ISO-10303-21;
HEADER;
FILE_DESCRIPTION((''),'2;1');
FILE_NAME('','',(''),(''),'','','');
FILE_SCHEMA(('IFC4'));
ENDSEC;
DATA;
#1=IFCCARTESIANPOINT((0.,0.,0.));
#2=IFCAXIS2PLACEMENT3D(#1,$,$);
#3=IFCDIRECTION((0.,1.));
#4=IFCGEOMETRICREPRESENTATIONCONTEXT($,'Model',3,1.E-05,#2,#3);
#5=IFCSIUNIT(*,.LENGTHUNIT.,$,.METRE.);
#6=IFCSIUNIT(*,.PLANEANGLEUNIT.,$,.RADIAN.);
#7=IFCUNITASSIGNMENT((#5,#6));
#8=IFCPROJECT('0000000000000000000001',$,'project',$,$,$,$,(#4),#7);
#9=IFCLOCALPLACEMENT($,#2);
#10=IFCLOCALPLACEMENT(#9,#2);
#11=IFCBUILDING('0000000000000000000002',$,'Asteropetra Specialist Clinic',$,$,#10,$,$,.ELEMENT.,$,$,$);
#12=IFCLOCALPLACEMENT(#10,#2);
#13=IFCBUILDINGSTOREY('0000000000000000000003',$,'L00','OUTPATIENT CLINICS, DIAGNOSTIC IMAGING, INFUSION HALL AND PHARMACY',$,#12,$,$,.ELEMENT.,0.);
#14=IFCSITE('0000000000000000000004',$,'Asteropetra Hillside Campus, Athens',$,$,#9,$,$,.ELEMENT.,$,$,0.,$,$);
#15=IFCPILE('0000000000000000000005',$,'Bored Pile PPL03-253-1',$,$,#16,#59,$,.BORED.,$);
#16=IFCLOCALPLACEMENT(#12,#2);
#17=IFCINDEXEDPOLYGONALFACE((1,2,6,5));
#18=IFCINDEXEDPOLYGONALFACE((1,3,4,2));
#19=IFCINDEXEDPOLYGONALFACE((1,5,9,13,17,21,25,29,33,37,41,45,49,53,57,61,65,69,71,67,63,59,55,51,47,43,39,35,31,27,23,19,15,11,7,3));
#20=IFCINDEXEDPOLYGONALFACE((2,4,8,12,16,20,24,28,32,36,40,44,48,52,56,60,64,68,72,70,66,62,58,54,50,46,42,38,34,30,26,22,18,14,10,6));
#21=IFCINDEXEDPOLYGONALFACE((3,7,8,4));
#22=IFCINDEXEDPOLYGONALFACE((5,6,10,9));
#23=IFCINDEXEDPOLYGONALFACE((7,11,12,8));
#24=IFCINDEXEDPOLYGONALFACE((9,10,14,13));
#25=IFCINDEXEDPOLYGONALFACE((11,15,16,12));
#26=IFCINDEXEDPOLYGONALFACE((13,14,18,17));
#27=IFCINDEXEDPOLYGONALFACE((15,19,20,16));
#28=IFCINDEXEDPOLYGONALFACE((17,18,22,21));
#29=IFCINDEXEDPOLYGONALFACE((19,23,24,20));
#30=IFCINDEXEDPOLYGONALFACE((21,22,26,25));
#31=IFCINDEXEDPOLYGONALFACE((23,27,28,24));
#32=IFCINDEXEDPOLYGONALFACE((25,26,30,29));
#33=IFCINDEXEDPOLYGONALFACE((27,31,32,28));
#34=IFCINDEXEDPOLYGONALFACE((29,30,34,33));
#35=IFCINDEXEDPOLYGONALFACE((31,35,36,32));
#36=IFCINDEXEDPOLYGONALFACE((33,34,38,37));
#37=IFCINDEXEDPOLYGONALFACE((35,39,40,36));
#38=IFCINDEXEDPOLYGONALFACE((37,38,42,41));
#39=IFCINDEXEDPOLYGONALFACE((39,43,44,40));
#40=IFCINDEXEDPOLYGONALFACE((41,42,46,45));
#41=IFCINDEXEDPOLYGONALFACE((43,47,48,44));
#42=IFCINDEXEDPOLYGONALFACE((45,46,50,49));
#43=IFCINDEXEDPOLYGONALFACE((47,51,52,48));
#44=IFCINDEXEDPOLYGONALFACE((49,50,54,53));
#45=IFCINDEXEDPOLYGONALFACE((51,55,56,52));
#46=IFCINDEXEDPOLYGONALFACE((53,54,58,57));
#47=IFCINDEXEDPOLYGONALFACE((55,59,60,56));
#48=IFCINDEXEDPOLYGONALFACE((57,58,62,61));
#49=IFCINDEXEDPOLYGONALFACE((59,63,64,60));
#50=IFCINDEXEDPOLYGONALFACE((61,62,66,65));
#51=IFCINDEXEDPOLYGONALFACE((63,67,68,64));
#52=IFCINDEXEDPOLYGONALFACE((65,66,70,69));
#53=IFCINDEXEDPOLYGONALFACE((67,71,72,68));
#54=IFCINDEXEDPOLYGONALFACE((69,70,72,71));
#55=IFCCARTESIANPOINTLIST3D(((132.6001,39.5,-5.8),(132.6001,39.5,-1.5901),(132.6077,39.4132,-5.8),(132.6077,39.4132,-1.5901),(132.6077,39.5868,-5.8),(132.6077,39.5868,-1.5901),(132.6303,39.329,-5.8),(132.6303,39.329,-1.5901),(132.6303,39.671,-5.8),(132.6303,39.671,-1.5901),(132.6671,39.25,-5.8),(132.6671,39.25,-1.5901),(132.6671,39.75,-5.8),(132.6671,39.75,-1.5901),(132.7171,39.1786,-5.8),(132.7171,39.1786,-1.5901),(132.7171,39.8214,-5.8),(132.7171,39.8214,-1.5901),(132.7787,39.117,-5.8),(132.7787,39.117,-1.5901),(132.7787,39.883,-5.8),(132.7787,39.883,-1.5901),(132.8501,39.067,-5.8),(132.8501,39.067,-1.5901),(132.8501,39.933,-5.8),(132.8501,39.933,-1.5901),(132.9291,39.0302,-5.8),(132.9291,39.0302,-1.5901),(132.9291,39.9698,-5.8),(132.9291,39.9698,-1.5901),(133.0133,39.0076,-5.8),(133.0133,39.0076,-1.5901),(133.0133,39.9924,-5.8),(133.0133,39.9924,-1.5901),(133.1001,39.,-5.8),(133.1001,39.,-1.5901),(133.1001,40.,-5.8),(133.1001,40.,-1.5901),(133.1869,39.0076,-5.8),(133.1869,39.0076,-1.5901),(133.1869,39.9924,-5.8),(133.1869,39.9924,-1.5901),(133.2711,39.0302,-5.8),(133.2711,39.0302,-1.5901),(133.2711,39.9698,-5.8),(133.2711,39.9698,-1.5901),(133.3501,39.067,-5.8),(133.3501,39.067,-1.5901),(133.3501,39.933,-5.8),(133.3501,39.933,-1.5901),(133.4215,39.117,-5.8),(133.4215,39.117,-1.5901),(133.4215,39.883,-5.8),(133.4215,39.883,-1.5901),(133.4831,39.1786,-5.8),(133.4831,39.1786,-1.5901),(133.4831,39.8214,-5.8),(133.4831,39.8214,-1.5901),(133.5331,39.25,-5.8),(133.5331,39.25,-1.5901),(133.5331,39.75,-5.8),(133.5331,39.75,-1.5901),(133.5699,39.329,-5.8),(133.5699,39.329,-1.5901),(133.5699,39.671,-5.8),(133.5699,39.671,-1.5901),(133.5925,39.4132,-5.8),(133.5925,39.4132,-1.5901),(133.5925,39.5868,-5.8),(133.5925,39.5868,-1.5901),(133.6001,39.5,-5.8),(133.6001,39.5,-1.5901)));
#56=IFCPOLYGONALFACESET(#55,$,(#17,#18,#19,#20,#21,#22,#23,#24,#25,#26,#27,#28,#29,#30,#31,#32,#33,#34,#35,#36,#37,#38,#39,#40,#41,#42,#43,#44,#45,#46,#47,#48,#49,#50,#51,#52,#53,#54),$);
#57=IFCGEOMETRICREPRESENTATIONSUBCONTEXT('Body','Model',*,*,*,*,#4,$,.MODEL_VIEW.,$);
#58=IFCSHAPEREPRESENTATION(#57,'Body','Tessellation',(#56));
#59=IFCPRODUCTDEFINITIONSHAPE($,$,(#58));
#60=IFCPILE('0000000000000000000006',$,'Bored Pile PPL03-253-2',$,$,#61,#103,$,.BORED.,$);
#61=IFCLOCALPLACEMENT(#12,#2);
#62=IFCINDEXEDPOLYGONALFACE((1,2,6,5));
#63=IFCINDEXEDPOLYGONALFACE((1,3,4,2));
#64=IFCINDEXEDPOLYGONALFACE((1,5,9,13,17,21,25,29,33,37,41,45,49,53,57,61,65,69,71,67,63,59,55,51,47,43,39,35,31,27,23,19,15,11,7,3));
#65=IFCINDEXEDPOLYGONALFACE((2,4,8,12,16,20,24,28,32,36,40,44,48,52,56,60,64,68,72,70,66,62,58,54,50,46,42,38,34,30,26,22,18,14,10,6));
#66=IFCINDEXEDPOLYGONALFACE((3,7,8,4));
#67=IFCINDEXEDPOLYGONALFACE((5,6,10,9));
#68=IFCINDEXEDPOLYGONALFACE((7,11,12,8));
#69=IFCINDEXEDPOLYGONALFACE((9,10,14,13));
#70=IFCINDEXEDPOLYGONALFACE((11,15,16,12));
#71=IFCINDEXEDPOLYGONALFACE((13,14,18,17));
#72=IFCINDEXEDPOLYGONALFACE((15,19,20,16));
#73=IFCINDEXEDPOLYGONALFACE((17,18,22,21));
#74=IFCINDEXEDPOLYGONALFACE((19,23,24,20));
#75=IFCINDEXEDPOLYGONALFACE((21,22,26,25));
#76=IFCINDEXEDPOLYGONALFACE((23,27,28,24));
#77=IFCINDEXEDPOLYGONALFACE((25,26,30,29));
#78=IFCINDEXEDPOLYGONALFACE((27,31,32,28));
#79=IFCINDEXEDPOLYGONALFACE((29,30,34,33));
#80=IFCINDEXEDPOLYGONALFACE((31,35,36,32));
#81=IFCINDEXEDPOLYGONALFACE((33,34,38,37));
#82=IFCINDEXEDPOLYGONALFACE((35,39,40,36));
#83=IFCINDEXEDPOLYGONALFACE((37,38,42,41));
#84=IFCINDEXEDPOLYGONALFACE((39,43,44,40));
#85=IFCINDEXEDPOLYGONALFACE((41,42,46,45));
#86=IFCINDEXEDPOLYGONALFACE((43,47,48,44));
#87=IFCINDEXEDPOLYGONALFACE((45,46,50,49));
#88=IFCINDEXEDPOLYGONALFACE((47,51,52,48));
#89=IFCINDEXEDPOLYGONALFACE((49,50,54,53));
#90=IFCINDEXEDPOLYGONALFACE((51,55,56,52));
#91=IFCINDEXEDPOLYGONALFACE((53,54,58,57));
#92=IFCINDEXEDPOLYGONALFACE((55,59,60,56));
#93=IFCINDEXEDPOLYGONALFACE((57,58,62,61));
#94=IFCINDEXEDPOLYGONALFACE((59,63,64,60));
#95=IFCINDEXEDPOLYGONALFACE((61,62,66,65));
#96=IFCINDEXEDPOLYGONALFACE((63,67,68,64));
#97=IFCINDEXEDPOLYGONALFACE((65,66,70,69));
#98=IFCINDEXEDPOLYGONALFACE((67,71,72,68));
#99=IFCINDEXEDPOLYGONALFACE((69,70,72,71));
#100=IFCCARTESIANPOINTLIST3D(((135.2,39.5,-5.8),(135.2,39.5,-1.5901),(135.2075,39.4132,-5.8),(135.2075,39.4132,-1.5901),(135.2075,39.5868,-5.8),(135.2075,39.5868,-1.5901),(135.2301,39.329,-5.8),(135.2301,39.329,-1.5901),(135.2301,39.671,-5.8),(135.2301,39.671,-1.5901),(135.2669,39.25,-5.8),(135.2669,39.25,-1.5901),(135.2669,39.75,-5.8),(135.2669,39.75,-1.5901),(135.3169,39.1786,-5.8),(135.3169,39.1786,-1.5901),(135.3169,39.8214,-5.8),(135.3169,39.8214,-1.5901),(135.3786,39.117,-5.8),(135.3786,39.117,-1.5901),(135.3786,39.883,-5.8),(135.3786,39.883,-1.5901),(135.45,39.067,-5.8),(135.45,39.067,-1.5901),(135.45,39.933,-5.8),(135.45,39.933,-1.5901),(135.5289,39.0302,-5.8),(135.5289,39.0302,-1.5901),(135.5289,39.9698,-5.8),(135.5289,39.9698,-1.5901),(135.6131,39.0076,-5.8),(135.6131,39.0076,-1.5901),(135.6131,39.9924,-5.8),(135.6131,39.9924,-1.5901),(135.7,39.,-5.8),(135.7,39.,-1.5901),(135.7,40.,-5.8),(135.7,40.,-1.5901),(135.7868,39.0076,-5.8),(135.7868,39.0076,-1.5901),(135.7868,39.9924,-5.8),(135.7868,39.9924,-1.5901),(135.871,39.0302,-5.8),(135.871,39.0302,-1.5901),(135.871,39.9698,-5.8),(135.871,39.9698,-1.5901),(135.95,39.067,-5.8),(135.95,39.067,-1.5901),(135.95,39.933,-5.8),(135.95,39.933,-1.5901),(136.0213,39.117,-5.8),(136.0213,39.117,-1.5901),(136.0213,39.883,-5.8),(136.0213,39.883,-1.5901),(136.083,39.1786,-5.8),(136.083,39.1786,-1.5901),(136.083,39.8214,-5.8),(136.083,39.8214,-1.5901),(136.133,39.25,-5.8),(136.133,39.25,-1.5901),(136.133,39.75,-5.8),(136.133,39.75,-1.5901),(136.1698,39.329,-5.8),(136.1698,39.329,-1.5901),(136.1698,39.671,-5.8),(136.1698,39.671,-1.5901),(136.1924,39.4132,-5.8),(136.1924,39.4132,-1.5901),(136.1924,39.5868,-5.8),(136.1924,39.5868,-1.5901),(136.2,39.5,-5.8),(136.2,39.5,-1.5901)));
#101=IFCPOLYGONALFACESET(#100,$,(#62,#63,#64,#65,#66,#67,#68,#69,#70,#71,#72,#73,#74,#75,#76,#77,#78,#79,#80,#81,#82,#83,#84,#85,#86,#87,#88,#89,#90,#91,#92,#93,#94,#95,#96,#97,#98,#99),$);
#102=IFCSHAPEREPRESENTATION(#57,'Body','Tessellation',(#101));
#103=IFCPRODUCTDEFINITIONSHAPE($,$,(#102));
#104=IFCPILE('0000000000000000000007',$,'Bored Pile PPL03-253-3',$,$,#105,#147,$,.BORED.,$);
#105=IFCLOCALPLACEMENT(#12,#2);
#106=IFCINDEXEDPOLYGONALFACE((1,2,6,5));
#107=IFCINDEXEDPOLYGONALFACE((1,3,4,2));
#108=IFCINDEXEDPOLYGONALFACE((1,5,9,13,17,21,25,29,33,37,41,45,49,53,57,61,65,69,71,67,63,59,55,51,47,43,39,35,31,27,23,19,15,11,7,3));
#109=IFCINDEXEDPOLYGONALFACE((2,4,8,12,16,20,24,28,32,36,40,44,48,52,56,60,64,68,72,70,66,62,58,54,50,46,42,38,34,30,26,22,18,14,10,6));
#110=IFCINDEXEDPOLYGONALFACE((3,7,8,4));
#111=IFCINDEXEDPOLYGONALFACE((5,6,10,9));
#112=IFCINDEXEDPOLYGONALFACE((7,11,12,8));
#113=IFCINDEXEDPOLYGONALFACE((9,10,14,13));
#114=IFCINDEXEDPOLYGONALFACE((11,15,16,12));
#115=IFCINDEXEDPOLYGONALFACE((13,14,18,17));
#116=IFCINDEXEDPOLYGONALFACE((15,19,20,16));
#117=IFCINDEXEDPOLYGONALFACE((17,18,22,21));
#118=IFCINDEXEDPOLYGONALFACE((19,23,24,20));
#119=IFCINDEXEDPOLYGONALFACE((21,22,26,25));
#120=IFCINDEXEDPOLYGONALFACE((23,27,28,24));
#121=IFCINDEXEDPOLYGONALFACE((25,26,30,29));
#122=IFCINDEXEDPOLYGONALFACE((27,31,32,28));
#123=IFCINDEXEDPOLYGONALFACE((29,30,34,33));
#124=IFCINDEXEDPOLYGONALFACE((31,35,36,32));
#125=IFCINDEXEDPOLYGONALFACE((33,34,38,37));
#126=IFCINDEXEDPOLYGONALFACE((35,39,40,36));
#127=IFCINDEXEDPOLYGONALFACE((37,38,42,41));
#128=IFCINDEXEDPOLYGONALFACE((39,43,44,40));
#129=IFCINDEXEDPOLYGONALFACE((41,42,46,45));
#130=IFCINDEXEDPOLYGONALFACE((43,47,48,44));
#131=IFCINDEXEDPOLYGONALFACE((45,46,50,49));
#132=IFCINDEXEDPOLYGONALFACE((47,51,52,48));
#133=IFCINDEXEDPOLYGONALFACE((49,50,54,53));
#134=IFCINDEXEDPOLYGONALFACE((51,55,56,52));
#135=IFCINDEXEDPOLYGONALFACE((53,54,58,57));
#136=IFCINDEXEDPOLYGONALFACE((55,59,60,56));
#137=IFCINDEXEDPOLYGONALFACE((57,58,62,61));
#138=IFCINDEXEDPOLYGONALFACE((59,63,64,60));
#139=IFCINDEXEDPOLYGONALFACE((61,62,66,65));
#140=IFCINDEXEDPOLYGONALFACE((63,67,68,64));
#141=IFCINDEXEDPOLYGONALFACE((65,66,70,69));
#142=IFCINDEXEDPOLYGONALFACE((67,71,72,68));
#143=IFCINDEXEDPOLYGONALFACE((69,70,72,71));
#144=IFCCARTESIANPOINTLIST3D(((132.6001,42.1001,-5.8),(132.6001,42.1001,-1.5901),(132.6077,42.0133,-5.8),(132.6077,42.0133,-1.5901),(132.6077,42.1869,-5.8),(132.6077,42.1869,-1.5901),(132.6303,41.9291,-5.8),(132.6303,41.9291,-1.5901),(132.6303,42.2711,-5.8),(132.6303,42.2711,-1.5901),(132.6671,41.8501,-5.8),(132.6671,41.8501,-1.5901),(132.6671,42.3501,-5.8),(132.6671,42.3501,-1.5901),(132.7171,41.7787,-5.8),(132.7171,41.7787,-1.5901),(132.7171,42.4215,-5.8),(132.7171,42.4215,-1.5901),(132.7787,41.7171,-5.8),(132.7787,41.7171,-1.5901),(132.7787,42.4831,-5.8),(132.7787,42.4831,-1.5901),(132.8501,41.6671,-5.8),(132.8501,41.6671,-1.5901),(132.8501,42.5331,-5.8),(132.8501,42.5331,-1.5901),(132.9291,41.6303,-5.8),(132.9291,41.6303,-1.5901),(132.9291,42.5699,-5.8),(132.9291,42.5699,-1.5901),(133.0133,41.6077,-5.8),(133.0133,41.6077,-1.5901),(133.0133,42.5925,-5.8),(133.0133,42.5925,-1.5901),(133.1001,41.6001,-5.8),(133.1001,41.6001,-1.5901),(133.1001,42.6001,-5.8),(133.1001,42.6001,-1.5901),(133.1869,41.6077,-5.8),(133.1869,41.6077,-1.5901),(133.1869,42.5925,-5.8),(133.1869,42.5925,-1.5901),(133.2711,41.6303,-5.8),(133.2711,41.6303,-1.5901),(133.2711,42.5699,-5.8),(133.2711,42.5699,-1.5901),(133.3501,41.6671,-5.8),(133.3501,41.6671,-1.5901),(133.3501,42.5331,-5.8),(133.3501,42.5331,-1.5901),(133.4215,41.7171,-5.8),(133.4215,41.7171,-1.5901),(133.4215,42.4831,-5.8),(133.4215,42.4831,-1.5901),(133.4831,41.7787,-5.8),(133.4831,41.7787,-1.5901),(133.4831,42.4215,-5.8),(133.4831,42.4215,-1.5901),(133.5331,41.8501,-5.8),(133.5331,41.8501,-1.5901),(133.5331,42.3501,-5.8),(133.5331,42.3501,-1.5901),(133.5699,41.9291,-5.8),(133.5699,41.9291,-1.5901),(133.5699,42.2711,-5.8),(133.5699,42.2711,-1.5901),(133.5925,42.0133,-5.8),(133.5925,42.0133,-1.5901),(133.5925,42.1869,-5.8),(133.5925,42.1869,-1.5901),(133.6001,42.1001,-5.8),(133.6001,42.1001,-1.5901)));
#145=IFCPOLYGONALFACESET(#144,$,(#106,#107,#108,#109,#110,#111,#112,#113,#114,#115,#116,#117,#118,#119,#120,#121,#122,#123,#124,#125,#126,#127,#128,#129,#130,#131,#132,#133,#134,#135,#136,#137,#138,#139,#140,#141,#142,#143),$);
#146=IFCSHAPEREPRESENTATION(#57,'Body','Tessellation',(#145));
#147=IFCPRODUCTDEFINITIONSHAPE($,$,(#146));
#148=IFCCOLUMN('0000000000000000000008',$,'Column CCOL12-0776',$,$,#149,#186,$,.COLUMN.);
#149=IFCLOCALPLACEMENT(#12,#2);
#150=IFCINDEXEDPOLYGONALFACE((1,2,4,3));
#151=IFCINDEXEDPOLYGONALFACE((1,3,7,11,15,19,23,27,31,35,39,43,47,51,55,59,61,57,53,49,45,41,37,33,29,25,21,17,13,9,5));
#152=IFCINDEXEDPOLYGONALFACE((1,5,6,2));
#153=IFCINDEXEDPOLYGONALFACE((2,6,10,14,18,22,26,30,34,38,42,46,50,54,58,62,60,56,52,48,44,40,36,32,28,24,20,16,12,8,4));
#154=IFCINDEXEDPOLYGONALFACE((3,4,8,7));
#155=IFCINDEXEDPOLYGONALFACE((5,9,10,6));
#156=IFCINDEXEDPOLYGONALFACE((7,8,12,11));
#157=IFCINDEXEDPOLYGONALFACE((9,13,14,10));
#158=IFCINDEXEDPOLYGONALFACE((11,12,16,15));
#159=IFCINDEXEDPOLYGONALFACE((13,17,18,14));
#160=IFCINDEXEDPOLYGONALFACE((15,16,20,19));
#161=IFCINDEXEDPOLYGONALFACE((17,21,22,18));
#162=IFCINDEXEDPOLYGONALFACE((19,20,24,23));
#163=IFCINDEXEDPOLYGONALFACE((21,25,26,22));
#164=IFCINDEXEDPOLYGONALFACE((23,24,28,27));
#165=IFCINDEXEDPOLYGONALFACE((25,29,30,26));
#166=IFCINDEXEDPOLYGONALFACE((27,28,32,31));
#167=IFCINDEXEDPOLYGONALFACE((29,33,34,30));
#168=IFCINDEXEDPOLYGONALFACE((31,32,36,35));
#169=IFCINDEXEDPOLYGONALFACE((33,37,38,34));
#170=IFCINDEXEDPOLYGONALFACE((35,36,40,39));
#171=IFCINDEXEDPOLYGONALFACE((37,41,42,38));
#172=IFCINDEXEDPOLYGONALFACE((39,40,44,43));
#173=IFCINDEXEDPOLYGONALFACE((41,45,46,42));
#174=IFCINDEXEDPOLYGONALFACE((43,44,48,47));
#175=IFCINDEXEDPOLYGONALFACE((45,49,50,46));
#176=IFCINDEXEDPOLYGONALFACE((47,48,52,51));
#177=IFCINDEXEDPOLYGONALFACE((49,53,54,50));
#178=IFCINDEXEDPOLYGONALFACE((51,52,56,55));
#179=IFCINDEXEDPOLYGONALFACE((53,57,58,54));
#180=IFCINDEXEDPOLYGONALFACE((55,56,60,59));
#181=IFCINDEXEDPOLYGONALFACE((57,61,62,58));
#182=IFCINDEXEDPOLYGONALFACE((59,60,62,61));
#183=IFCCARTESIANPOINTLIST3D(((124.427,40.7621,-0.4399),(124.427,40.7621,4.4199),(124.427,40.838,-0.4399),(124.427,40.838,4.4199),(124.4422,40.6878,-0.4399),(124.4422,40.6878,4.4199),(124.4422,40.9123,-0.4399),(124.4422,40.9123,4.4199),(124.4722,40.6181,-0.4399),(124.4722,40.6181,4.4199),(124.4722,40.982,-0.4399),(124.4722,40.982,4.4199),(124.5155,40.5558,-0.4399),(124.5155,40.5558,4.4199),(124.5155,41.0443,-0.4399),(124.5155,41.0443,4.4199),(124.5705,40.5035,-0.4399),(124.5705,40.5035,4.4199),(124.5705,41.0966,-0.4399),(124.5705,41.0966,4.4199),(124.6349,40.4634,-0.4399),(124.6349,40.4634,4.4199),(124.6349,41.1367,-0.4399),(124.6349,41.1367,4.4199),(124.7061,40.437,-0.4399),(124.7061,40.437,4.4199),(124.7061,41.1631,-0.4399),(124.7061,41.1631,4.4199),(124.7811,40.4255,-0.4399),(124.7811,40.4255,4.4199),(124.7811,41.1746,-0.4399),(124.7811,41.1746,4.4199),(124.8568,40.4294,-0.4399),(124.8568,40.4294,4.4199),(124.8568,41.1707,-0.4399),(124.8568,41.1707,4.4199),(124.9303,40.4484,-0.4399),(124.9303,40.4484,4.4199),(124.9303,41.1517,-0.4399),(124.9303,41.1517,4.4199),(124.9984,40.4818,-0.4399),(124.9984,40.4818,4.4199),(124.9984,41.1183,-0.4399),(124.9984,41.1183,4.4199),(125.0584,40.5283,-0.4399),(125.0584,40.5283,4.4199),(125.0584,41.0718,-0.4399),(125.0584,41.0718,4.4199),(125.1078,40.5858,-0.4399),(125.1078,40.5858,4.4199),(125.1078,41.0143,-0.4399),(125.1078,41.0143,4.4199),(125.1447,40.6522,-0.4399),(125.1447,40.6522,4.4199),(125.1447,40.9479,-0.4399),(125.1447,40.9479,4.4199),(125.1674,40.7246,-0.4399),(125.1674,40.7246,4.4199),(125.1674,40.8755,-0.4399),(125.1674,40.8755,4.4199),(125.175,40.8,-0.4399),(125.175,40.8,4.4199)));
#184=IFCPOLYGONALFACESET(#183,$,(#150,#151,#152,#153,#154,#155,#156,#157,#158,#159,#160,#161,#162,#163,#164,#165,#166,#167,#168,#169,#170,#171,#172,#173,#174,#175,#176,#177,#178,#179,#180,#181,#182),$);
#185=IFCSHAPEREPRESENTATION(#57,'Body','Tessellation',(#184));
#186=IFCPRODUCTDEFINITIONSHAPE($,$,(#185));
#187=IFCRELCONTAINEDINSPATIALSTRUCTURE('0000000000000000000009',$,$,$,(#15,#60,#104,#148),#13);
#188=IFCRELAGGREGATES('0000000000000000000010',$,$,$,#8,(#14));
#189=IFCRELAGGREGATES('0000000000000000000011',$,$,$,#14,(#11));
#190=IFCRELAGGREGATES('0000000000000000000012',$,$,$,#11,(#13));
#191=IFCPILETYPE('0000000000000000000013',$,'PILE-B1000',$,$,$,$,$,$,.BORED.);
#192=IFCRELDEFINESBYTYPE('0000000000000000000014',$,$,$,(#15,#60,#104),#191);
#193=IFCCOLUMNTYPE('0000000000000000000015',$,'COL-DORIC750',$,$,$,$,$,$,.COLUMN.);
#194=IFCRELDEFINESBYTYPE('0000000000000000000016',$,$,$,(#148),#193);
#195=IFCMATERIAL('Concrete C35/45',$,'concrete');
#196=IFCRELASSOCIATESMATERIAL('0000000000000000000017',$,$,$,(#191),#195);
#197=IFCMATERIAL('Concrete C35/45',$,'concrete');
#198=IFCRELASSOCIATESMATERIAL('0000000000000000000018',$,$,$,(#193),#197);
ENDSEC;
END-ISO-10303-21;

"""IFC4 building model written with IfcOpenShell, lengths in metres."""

from ifc_helpers import new_model, si_unit, direction, frame, origin, origin_2d, place, context, subcontext, project, spatial, circle, extrude, material, material_profile, profile_set, type_object, element, save


model = new_model("IFC4")

# Units and contexts
model_context = context("Model", 3, precision=1e-05, world=origin(), true_north=direction((0.0, 1.0)))
body_context = subcontext(model_context, "Body", "Model", "MODEL_VIEW")
ifc_project = project(units=[si_unit("LENGTHUNIT", "METRE"), si_unit("PLANEANGLEUNIT", "RADIAN")], contexts=[model_context])

# Site, building, storey
site_placement = place(None, origin())
site = spatial("IfcSite", under=ifc_project, at=site_placement, Name="Asteropetra Hillside Campus, Athens", CompositionType="ELEMENT", RefElevation=0.0)
building_placement = place(site_placement, origin())
building = spatial("IfcBuilding", under=site, at=building_placement, Name="Asteropetra Specialist Clinic", CompositionType="ELEMENT")
storey_placement = place(building_placement, origin())
storey = spatial("IfcBuildingStorey", under=building, at=storey_placement, Name="L00", Description="OUTPATIENT CLINICS, DIAGNOSTIC IMAGING, INFUSION HALL AND PHARMACY", CompositionType="ELEMENT", Elevation=0.0)

# Piles
ifc_material_1 = material(Name="Concrete C35/45", Category="concrete")
ifc_material_profile_1 = material_profile(ifc_material_1, circle(Radius=0.5, at=origin_2d()), Name="PILE D1000")
ifc_profile_set_1 = profile_set([ifc_material_profile_1], Name="Concrete C35/45")
pile_type = type_object("IfcPileType", Name="PILE-B1000", PredefinedType="BORED", material=ifc_profile_set_1)
for number, where, z_axis, x_axis, name in (
    (1, (133.1001, 39.5, -1.5901), (0.0, 0.0, -1.0), (1.0, 0.0, 0.0), "Bored Pile PPL03-253-1"),
    (2, (135.7, 39.5, -1.5901), (0.0, 0.0, -1.0), (1.0, 0.0, 0.0), "Bored Pile PPL03-253-2"),
    (3, (133.1001, 42.1001, -1.5901), (0.0, 0.0, -1.0), (1.0, 0.0, 0.0), "Bored Pile PPL03-253-3"),
):
    element("IfcPile", number, at=place(storey_placement, frame(where, z_axis=z_axis, x_axis=x_axis)), inside=storey, type_object=pile_type, Name=name, PredefinedType="BORED", context=body_context, shape_type="SweptSolid", body=[
        extrude(circle(Radius=0.5, at=origin_2d()), origin(), (0.0, 0.0, 1.0), 4.21),
    ])

# Column
ifc_material_2 = material(Name="Concrete C35/45", Category="concrete")
ifc_material_profile_2 = material_profile(ifc_material_2, circle(Radius=0.375, at=origin_2d()), Name="RCC D750")
ifc_profile_set_2 = profile_set([ifc_material_profile_2], Name="Concrete C35/45")
column_type = type_object("IfcColumnType", Name="COL-DORIC750", PredefinedType="COLUMN", material=ifc_profile_set_2)
for number, where, z_axis, x_axis, name in (
    (4, (124.8, 40.8, -0.4399), (0.0, 0.0, 1.0), (1.0, 0.0, 0.0), "Column CCOL12-0776"),
):
    element("IfcColumn", number, at=place(storey_placement, frame(where, z_axis=z_axis, x_axis=x_axis)), inside=storey, type_object=column_type, Name=name, PredefinedType="COLUMN", context=body_context, shape_type="SweptSolid", body=[
        extrude(circle(Radius=0.375, at=origin_2d()), origin(), (0.0, 0.0, 1.0), 4.8599),
    ])

save(model, "model.ifc")
